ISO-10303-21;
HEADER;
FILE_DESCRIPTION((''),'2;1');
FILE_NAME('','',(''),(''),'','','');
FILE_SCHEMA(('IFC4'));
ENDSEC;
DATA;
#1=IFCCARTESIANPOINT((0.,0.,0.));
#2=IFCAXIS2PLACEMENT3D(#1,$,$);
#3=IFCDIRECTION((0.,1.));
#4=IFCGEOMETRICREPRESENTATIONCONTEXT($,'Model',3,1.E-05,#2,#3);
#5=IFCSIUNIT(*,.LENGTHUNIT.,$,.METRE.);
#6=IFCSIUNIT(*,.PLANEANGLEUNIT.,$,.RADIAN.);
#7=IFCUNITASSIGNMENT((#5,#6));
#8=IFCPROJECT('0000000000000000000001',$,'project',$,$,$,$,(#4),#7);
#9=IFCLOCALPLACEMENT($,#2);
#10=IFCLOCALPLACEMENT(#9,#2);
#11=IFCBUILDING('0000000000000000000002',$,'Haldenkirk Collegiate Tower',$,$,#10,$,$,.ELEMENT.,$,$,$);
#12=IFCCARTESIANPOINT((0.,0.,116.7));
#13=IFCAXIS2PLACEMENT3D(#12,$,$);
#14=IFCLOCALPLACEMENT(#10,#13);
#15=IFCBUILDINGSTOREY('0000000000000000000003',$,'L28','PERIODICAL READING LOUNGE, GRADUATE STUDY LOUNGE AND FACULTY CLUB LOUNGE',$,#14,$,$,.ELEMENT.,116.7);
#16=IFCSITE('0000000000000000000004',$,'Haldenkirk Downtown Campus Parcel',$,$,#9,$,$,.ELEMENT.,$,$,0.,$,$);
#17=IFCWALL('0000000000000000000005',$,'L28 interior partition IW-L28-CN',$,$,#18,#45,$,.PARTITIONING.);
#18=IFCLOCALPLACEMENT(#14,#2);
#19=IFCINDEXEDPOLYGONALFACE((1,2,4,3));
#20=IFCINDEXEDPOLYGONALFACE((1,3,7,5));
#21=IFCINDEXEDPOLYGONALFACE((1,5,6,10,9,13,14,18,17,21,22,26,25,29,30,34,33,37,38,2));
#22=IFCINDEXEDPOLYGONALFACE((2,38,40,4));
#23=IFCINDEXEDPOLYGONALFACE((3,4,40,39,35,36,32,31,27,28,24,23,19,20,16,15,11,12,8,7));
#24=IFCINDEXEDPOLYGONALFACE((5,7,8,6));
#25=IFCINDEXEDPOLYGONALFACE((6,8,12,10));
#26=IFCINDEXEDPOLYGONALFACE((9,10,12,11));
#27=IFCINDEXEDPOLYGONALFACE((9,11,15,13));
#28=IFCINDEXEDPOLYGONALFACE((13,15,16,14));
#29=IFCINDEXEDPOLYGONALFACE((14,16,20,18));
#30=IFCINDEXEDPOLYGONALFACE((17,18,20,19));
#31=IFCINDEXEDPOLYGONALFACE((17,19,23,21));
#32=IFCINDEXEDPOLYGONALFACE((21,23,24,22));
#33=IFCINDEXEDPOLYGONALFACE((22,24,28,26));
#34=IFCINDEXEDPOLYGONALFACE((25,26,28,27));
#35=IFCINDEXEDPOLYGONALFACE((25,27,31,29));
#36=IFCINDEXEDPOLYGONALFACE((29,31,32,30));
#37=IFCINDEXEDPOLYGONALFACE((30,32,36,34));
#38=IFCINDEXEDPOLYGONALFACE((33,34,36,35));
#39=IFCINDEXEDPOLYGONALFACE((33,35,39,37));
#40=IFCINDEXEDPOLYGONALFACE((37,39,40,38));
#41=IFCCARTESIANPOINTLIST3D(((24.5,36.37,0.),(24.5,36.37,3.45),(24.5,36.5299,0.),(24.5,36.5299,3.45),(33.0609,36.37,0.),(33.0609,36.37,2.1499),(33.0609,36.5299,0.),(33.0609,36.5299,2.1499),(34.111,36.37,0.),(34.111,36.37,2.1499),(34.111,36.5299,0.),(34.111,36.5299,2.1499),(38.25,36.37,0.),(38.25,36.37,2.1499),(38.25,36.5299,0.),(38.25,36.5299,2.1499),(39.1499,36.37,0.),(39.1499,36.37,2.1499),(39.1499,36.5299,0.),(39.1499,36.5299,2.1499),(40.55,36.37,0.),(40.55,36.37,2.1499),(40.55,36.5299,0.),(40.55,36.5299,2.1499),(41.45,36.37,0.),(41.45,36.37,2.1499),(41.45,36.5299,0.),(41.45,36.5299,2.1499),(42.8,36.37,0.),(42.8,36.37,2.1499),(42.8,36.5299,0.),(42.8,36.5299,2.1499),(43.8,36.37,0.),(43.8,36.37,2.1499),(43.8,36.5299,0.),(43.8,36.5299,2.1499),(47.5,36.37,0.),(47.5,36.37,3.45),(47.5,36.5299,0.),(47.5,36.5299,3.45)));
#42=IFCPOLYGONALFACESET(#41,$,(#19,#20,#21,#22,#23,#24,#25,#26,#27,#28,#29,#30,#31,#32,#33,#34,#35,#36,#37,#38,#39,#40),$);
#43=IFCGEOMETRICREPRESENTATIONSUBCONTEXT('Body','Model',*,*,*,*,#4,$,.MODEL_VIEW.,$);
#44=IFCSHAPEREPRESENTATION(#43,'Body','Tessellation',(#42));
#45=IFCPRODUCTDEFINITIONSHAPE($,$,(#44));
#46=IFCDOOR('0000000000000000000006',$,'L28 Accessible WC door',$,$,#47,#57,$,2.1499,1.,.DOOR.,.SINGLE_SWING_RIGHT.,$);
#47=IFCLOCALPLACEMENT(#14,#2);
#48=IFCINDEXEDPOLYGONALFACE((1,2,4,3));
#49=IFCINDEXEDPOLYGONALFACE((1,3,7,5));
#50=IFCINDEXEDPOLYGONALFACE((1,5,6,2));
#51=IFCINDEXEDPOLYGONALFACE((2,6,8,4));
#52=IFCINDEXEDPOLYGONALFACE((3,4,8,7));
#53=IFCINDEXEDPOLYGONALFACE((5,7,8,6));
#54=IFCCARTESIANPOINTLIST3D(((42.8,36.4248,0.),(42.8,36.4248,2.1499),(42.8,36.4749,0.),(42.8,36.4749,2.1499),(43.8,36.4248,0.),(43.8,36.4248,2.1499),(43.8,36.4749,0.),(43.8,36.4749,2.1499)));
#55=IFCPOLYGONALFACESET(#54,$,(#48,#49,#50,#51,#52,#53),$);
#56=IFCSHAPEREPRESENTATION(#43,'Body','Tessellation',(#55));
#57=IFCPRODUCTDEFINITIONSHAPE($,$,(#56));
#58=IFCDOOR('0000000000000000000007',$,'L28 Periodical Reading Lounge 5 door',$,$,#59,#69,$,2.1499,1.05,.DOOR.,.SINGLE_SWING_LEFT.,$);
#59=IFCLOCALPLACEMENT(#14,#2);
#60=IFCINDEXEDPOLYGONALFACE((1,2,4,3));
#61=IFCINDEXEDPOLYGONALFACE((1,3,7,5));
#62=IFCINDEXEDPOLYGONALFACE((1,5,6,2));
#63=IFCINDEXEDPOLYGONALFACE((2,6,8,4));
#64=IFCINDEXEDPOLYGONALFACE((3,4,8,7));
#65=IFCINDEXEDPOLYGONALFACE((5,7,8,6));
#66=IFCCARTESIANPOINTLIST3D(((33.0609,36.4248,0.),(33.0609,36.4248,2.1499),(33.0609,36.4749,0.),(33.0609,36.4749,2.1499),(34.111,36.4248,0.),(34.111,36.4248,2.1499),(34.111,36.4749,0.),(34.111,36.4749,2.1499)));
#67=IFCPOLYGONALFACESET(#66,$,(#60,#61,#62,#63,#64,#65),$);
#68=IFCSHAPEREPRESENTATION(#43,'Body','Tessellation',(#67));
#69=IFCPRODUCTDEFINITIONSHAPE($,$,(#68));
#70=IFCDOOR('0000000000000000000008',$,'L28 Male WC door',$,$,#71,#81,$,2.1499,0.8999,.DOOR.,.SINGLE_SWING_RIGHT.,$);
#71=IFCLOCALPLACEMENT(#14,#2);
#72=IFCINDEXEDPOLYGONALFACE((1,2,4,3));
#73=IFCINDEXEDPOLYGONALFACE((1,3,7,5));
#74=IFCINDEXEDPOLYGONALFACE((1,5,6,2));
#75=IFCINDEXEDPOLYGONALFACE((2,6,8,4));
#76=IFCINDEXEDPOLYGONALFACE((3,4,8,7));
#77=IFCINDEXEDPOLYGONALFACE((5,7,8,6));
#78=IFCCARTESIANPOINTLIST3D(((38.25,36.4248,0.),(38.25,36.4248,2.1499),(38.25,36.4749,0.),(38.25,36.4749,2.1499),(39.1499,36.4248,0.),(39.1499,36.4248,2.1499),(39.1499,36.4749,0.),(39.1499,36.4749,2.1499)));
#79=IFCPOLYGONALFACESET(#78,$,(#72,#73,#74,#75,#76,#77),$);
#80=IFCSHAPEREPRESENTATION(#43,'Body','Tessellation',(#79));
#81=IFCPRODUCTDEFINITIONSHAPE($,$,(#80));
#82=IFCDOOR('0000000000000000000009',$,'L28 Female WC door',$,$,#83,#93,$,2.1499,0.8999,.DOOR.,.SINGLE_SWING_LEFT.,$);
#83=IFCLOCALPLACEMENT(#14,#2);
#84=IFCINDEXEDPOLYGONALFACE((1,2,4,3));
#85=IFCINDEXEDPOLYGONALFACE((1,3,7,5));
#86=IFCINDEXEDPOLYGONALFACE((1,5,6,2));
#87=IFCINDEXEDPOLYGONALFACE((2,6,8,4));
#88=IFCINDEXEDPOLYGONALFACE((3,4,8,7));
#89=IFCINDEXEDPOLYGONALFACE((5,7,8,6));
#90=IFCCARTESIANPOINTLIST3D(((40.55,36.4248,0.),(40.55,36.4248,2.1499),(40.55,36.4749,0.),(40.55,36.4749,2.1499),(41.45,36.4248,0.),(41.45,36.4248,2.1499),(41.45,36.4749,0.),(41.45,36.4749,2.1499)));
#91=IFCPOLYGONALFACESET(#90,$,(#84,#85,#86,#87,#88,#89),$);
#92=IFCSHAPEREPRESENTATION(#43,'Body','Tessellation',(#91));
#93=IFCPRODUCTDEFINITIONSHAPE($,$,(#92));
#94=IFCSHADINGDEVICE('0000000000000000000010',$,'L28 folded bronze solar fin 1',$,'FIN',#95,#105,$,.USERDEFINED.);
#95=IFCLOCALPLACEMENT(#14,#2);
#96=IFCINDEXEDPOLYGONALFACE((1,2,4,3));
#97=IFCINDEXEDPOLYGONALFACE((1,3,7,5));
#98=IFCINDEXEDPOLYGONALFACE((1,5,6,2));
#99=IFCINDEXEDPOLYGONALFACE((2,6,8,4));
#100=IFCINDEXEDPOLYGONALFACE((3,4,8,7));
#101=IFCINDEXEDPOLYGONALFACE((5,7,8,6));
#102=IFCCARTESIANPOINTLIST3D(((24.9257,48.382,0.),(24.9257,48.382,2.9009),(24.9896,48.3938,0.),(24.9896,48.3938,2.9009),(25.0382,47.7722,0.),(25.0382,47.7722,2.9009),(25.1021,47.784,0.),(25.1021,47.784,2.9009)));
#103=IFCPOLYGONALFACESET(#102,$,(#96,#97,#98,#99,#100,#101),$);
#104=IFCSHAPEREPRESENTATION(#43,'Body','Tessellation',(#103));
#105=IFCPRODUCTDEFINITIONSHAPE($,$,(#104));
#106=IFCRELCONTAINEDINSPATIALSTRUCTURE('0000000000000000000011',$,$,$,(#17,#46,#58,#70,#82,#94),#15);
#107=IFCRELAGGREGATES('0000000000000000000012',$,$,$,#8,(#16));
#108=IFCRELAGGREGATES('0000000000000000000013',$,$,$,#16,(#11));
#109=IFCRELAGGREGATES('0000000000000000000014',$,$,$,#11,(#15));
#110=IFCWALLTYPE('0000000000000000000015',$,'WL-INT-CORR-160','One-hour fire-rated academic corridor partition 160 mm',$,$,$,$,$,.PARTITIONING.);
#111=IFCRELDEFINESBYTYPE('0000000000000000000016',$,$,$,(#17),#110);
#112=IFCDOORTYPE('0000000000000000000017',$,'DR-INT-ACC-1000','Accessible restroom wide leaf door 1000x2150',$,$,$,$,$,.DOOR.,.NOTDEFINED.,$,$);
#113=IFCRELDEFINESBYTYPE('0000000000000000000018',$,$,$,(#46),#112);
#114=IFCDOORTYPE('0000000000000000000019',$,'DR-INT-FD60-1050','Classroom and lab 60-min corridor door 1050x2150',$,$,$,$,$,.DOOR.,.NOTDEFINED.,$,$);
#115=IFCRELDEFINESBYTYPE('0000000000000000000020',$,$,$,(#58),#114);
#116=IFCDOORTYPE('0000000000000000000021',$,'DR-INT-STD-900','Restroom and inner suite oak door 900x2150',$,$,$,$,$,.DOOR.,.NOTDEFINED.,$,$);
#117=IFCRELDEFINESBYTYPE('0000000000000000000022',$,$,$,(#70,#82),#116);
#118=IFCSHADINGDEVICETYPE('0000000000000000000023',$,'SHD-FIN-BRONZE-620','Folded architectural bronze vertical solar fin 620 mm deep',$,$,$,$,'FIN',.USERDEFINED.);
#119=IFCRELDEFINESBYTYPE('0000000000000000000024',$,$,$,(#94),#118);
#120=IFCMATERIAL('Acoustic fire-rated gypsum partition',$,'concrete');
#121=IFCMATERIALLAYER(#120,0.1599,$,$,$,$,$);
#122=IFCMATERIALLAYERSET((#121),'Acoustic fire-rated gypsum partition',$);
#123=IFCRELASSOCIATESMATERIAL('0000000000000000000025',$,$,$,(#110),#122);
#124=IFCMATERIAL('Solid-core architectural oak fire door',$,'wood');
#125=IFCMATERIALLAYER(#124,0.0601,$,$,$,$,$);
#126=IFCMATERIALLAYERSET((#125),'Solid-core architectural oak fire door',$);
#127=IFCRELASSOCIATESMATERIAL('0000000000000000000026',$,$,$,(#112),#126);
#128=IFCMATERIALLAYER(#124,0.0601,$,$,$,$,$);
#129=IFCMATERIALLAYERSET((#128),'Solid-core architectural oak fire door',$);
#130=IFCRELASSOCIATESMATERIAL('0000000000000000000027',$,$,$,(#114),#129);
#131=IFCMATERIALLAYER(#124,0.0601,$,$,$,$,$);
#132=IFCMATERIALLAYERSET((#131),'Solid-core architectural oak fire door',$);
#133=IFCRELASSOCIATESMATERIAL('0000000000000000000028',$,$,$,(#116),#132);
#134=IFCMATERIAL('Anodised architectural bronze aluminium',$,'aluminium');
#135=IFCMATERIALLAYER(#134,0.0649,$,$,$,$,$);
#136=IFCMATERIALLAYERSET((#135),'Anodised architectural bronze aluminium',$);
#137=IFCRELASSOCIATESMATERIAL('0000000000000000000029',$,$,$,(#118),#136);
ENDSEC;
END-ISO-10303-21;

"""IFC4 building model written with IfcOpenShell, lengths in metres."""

from ifc_helpers import new_model, si_unit, direction, frame, frame_2d, origin, origin_2d, place, context, subcontext, project, spatial, rectangle, extrude, source, transform, mapped, material, layer, layer_set, type_object, element, fill, save


model = new_model("IFC4")

# Units and contexts
model_context = context("Model", 3, precision=1e-05, world=origin(), true_north=direction((0.0, 1.0)))
body_context = subcontext(model_context, "Body", "Model", "MODEL_VIEW")
ifc_project = project(units=[si_unit("LENGTHUNIT", "METRE"), si_unit("PLANEANGLEUNIT", "RADIAN")], contexts=[model_context])

# Site, building, storey
site_placement = place(None, origin())
site = spatial("IfcSite", under=ifc_project, at=site_placement, Name="Haldenkirk Downtown Campus Parcel", CompositionType="ELEMENT", RefElevation=0.0)
building_placement = place(site_placement, origin())
building = spatial("IfcBuilding", under=site, at=building_placement, Name="Haldenkirk Collegiate Tower", CompositionType="ELEMENT")
storey_placement = place(building_placement, frame((0.0, 0.0, 116.7)))
storey = spatial("IfcBuildingStorey", under=building, at=storey_placement, Name="L28", Description="PERIODICAL READING LOUNGE, GRADUATE STUDY LOUNGE AND FACULTY CLUB LOUNGE", CompositionType="ELEMENT", Elevation=116.7)

# Shared definitions
ifc_material_1 = material(Name="Anodised architectural bronze aluminium", Category="aluminium")

# Wall, openings, doors
ifc_material_2 = material(Name="Acoustic fire-rated gypsum partition", Category="concrete")
ifc_layer_1 = layer(ifc_material_2, 0.1599)
ifc_layer_set_1 = layer_set([ifc_layer_1], Name="Acoustic fire-rated gypsum partition")
wall_type_1 = type_object("IfcWallType", Name="WL-INT-CORR-160", Description="One-hour fire-rated academic corridor partition 160 mm", PredefinedType="PARTITIONING", material=ifc_layer_set_1)
wall_1_placement = place(storey_placement, frame((24.5, 36.45, 0.0), z_axis=(0.0, 0.0, 1.0), x_axis=(1.0, 0.0, 0.0)))
wall_1 = element("IfcWall", 1, at=wall_1_placement, inside=storey, type_object=wall_type_1, Name="L28 interior partition IW-L28-CN", PredefinedType="PARTITIONING", context=body_context, shape_type="SweptSolid", body=[
    extrude(rectangle(XDim=23.0, YDim=0.1599, at=frame_2d((11.5, 0.0))), origin(), (0.0, 0.0, 1.0), 3.45),
])
opening_1_placement = place(wall_1_placement, frame((13.75, 0.0, 0.0)))
opening_1 = element("IfcOpeningElement", 2, at=opening_1_placement, cuts=wall_1, PredefinedType="OPENING", context=body_context, shape_type="SweptSolid", body=[
    extrude(rectangle(XDim=0.8999, YDim=2.1499, at=frame_2d((0.45, 1.075))), frame((0.0, 0.0898, 0.0), z_axis=(0.0, -1.0, 0.0), x_axis=(1.0, 0.0, 0.0)), (0.0, 0.0, 1.0), 0.1799),
])
opening_2_placement = place(wall_1_placement, frame((16.05, 0.0, 0.0)))
opening_2 = element("IfcOpeningElement", 3, at=opening_2_placement, cuts=wall_1, PredefinedType="OPENING", context=body_context, shape_type="SweptSolid", body=[
    extrude(rectangle(XDim=0.8999, YDim=2.1499, at=frame_2d((0.45, 1.075))), frame((0.0, 0.0898, 0.0), z_axis=(0.0, -1.0, 0.0), x_axis=(1.0, 0.0, 0.0)), (0.0, 0.0, 1.0), 0.1799),
])
opening_3_placement = place(wall_1_placement, frame((18.3, 0.0, 0.0)))
opening_3 = element("IfcOpeningElement", 4, at=opening_3_placement, cuts=wall_1, PredefinedType="OPENING", context=body_context, shape_type="SweptSolid", body=[
    extrude(rectangle(XDim=1.0, YDim=2.1499, at=frame_2d((0.5, 1.075))), frame((0.0, 0.0898, 0.0), z_axis=(0.0, -1.0, 0.0), x_axis=(1.0, 0.0, 0.0)), (0.0, 0.0, 1.0), 0.1799),
])
opening_4_placement = place(wall_1_placement, frame((8.561, 0.0, 0.0)))
opening_4 = element("IfcOpeningElement", 5, at=opening_4_placement, cuts=wall_1, PredefinedType="OPENING", context=body_context, shape_type="SweptSolid", body=[
    extrude(rectangle(XDim=1.05, YDim=2.1499, at=frame_2d((0.5249, 1.075))), frame((0.0, 0.0898, 0.0), z_axis=(0.0, -1.0, 0.0), x_axis=(1.0, 0.0, 0.0)), (0.0, 0.0, 1.0), 0.1799),
])
ifc_material_3 = material(Name="Solid-core architectural oak fire door", Category="wood")
ifc_layer_2 = layer(ifc_material_3, 0.0601)
ifc_layer_set_2 = layer_set([ifc_layer_2], Name="Solid-core architectural oak fire door")
door_type_1 = type_object("IfcDoorType", Name="DR-INT-ACC-1000", Description="Accessible restroom wide leaf door 1000x2150", OperationType="NOTDEFINED", PredefinedType="DOOR", material=ifc_layer_set_2)
door_1_placement = place(opening_3_placement, origin())
door_1 = element("IfcDoor", 6, at=door_1_placement, inside=storey, type_object=door_type_1, Name="L28 Accessible WC door", OperationType="SINGLE_SWING_RIGHT", OverallHeight=2.1499, OverallWidth=1.0, PredefinedType="DOOR", context=body_context, shape_type="SweptSolid", body=[
    extrude(rectangle(XDim=1.0, YDim=2.1499, at=frame_2d((0.5, 1.075))), frame((0.0, 0.0249, 0.0), z_axis=(0.0, -1.0, 0.0), x_axis=(1.0, 0.0, 0.0)), (0.0, 0.0, 1.0), 0.05),
])
fill(opening_3, door_1)
ifc_layer_3 = layer(ifc_material_3, 0.0601)
ifc_layer_set_3 = layer_set([ifc_layer_3], Name="Solid-core architectural oak fire door")
door_type_2 = type_object("IfcDoorType", Name="DR-INT-FD60-1050", Description="Classroom and lab 60-min corridor door 1050x2150", OperationType="NOTDEFINED", PredefinedType="DOOR", material=ifc_layer_set_3)
door_2_placement = place(opening_4_placement, origin())
door_2 = element("IfcDoor", 7, at=door_2_placement, inside=storey, type_object=door_type_2, Name="L28 Periodical Reading Lounge 5 door", OperationType="SINGLE_SWING_LEFT", OverallHeight=2.1499, OverallWidth=1.05, PredefinedType="DOOR", context=body_context, shape_type="SweptSolid", body=[
    extrude(rectangle(XDim=1.05, YDim=2.1499, at=frame_2d((0.5249, 1.075))), frame((0.0, 0.0249, 0.0), z_axis=(0.0, -1.0, 0.0), x_axis=(1.0, 0.0, 0.0)), (0.0, 0.0, 1.0), 0.05),
])
fill(opening_4, door_2)
ifc_layer_4 = layer(ifc_material_3, 0.0601)
ifc_layer_set_4 = layer_set([ifc_layer_4], Name="Solid-core architectural oak fire door")
door_type_3 = type_object("IfcDoorType", Name="DR-INT-STD-900", Description="Restroom and inner suite oak door 900x2150", OperationType="NOTDEFINED", PredefinedType="DOOR", material=ifc_layer_set_4)
door_3_placement = place(opening_1_placement, origin())
door_3 = element("IfcDoor", 8, at=door_3_placement, inside=storey, type_object=door_type_3, Name="L28 Male WC door", OperationType="SINGLE_SWING_RIGHT", OverallHeight=2.1499, OverallWidth=0.8999, PredefinedType="DOOR", context=body_context, shape_type="SweptSolid", body=[
    extrude(rectangle(XDim=0.8999, YDim=2.1499, at=frame_2d((0.45, 1.075))), frame((0.0, 0.0249, 0.0), z_axis=(0.0, -1.0, 0.0), x_axis=(1.0, 0.0, 0.0)), (0.0, 0.0, 1.0), 0.05),
])
fill(opening_1, door_3)
door_4_placement = place(opening_2_placement, origin())
door_4 = element("IfcDoor", 9, at=door_4_placement, inside=storey, type_object=door_type_3, Name="L28 Female WC door", OperationType="SINGLE_SWING_LEFT", OverallHeight=2.1499, OverallWidth=0.8999, PredefinedType="DOOR", context=body_context, shape_type="SweptSolid", body=[
    extrude(rectangle(XDim=0.8999, YDim=2.1499, at=frame_2d((0.45, 1.075))), frame((0.0, 0.0249, 0.0), z_axis=(0.0, -1.0, 0.0), x_axis=(1.0, 0.0, 0.0)), (0.0, 0.0, 1.0), 0.05),
])
fill(opening_2, door_4)

# Shading device
ifc_layer_5 = layer(ifc_material_1, 0.0649)
ifc_layer_set_5 = layer_set([ifc_layer_5], Name="Anodised architectural bronze aluminium")
shading_device_type = type_object("IfcShadingDeviceType", Name="SHD-FIN-BRONZE-620", Description="Folded architectural bronze vertical solar fin 620 mm deep", ElementType="FIN", PredefinedType="USERDEFINED", material=ifc_layer_set_5)
shared_shape_1 = source(origin(), body_context, "Body", "SweptSolid", [
    extrude(rectangle(XDim=0.6201, YDim=0.0649, at=origin_2d()), origin(), (0.0, 0.0, 1.0), 2.9009),
])
shading_device_placement = place(storey_placement, frame((25.0139, 48.083, 0.0), z_axis=(0.0, 0.0, 1.0), x_axis=(-0.181377, 0.983414, 0.0)))
element("IfcShadingDevice", 10, at=shading_device_placement, inside=storey, type_object=shading_device_type, Name="L28 folded bronze solar fin 1", ObjectType="FIN", PredefinedType="USERDEFINED", context=body_context, shape_type="MappedRepresentation", body=[
    mapped(shared_shape_1, transform((0.0, 0.0, 0.0), x_axis=(1.0, 0.0, 0.0), y_axis=(0.0, 1.0, 0.0), z_axis=(0.0, 0.0, 1.0), scale=1.0)),
])

save(model, "model.ifc")
